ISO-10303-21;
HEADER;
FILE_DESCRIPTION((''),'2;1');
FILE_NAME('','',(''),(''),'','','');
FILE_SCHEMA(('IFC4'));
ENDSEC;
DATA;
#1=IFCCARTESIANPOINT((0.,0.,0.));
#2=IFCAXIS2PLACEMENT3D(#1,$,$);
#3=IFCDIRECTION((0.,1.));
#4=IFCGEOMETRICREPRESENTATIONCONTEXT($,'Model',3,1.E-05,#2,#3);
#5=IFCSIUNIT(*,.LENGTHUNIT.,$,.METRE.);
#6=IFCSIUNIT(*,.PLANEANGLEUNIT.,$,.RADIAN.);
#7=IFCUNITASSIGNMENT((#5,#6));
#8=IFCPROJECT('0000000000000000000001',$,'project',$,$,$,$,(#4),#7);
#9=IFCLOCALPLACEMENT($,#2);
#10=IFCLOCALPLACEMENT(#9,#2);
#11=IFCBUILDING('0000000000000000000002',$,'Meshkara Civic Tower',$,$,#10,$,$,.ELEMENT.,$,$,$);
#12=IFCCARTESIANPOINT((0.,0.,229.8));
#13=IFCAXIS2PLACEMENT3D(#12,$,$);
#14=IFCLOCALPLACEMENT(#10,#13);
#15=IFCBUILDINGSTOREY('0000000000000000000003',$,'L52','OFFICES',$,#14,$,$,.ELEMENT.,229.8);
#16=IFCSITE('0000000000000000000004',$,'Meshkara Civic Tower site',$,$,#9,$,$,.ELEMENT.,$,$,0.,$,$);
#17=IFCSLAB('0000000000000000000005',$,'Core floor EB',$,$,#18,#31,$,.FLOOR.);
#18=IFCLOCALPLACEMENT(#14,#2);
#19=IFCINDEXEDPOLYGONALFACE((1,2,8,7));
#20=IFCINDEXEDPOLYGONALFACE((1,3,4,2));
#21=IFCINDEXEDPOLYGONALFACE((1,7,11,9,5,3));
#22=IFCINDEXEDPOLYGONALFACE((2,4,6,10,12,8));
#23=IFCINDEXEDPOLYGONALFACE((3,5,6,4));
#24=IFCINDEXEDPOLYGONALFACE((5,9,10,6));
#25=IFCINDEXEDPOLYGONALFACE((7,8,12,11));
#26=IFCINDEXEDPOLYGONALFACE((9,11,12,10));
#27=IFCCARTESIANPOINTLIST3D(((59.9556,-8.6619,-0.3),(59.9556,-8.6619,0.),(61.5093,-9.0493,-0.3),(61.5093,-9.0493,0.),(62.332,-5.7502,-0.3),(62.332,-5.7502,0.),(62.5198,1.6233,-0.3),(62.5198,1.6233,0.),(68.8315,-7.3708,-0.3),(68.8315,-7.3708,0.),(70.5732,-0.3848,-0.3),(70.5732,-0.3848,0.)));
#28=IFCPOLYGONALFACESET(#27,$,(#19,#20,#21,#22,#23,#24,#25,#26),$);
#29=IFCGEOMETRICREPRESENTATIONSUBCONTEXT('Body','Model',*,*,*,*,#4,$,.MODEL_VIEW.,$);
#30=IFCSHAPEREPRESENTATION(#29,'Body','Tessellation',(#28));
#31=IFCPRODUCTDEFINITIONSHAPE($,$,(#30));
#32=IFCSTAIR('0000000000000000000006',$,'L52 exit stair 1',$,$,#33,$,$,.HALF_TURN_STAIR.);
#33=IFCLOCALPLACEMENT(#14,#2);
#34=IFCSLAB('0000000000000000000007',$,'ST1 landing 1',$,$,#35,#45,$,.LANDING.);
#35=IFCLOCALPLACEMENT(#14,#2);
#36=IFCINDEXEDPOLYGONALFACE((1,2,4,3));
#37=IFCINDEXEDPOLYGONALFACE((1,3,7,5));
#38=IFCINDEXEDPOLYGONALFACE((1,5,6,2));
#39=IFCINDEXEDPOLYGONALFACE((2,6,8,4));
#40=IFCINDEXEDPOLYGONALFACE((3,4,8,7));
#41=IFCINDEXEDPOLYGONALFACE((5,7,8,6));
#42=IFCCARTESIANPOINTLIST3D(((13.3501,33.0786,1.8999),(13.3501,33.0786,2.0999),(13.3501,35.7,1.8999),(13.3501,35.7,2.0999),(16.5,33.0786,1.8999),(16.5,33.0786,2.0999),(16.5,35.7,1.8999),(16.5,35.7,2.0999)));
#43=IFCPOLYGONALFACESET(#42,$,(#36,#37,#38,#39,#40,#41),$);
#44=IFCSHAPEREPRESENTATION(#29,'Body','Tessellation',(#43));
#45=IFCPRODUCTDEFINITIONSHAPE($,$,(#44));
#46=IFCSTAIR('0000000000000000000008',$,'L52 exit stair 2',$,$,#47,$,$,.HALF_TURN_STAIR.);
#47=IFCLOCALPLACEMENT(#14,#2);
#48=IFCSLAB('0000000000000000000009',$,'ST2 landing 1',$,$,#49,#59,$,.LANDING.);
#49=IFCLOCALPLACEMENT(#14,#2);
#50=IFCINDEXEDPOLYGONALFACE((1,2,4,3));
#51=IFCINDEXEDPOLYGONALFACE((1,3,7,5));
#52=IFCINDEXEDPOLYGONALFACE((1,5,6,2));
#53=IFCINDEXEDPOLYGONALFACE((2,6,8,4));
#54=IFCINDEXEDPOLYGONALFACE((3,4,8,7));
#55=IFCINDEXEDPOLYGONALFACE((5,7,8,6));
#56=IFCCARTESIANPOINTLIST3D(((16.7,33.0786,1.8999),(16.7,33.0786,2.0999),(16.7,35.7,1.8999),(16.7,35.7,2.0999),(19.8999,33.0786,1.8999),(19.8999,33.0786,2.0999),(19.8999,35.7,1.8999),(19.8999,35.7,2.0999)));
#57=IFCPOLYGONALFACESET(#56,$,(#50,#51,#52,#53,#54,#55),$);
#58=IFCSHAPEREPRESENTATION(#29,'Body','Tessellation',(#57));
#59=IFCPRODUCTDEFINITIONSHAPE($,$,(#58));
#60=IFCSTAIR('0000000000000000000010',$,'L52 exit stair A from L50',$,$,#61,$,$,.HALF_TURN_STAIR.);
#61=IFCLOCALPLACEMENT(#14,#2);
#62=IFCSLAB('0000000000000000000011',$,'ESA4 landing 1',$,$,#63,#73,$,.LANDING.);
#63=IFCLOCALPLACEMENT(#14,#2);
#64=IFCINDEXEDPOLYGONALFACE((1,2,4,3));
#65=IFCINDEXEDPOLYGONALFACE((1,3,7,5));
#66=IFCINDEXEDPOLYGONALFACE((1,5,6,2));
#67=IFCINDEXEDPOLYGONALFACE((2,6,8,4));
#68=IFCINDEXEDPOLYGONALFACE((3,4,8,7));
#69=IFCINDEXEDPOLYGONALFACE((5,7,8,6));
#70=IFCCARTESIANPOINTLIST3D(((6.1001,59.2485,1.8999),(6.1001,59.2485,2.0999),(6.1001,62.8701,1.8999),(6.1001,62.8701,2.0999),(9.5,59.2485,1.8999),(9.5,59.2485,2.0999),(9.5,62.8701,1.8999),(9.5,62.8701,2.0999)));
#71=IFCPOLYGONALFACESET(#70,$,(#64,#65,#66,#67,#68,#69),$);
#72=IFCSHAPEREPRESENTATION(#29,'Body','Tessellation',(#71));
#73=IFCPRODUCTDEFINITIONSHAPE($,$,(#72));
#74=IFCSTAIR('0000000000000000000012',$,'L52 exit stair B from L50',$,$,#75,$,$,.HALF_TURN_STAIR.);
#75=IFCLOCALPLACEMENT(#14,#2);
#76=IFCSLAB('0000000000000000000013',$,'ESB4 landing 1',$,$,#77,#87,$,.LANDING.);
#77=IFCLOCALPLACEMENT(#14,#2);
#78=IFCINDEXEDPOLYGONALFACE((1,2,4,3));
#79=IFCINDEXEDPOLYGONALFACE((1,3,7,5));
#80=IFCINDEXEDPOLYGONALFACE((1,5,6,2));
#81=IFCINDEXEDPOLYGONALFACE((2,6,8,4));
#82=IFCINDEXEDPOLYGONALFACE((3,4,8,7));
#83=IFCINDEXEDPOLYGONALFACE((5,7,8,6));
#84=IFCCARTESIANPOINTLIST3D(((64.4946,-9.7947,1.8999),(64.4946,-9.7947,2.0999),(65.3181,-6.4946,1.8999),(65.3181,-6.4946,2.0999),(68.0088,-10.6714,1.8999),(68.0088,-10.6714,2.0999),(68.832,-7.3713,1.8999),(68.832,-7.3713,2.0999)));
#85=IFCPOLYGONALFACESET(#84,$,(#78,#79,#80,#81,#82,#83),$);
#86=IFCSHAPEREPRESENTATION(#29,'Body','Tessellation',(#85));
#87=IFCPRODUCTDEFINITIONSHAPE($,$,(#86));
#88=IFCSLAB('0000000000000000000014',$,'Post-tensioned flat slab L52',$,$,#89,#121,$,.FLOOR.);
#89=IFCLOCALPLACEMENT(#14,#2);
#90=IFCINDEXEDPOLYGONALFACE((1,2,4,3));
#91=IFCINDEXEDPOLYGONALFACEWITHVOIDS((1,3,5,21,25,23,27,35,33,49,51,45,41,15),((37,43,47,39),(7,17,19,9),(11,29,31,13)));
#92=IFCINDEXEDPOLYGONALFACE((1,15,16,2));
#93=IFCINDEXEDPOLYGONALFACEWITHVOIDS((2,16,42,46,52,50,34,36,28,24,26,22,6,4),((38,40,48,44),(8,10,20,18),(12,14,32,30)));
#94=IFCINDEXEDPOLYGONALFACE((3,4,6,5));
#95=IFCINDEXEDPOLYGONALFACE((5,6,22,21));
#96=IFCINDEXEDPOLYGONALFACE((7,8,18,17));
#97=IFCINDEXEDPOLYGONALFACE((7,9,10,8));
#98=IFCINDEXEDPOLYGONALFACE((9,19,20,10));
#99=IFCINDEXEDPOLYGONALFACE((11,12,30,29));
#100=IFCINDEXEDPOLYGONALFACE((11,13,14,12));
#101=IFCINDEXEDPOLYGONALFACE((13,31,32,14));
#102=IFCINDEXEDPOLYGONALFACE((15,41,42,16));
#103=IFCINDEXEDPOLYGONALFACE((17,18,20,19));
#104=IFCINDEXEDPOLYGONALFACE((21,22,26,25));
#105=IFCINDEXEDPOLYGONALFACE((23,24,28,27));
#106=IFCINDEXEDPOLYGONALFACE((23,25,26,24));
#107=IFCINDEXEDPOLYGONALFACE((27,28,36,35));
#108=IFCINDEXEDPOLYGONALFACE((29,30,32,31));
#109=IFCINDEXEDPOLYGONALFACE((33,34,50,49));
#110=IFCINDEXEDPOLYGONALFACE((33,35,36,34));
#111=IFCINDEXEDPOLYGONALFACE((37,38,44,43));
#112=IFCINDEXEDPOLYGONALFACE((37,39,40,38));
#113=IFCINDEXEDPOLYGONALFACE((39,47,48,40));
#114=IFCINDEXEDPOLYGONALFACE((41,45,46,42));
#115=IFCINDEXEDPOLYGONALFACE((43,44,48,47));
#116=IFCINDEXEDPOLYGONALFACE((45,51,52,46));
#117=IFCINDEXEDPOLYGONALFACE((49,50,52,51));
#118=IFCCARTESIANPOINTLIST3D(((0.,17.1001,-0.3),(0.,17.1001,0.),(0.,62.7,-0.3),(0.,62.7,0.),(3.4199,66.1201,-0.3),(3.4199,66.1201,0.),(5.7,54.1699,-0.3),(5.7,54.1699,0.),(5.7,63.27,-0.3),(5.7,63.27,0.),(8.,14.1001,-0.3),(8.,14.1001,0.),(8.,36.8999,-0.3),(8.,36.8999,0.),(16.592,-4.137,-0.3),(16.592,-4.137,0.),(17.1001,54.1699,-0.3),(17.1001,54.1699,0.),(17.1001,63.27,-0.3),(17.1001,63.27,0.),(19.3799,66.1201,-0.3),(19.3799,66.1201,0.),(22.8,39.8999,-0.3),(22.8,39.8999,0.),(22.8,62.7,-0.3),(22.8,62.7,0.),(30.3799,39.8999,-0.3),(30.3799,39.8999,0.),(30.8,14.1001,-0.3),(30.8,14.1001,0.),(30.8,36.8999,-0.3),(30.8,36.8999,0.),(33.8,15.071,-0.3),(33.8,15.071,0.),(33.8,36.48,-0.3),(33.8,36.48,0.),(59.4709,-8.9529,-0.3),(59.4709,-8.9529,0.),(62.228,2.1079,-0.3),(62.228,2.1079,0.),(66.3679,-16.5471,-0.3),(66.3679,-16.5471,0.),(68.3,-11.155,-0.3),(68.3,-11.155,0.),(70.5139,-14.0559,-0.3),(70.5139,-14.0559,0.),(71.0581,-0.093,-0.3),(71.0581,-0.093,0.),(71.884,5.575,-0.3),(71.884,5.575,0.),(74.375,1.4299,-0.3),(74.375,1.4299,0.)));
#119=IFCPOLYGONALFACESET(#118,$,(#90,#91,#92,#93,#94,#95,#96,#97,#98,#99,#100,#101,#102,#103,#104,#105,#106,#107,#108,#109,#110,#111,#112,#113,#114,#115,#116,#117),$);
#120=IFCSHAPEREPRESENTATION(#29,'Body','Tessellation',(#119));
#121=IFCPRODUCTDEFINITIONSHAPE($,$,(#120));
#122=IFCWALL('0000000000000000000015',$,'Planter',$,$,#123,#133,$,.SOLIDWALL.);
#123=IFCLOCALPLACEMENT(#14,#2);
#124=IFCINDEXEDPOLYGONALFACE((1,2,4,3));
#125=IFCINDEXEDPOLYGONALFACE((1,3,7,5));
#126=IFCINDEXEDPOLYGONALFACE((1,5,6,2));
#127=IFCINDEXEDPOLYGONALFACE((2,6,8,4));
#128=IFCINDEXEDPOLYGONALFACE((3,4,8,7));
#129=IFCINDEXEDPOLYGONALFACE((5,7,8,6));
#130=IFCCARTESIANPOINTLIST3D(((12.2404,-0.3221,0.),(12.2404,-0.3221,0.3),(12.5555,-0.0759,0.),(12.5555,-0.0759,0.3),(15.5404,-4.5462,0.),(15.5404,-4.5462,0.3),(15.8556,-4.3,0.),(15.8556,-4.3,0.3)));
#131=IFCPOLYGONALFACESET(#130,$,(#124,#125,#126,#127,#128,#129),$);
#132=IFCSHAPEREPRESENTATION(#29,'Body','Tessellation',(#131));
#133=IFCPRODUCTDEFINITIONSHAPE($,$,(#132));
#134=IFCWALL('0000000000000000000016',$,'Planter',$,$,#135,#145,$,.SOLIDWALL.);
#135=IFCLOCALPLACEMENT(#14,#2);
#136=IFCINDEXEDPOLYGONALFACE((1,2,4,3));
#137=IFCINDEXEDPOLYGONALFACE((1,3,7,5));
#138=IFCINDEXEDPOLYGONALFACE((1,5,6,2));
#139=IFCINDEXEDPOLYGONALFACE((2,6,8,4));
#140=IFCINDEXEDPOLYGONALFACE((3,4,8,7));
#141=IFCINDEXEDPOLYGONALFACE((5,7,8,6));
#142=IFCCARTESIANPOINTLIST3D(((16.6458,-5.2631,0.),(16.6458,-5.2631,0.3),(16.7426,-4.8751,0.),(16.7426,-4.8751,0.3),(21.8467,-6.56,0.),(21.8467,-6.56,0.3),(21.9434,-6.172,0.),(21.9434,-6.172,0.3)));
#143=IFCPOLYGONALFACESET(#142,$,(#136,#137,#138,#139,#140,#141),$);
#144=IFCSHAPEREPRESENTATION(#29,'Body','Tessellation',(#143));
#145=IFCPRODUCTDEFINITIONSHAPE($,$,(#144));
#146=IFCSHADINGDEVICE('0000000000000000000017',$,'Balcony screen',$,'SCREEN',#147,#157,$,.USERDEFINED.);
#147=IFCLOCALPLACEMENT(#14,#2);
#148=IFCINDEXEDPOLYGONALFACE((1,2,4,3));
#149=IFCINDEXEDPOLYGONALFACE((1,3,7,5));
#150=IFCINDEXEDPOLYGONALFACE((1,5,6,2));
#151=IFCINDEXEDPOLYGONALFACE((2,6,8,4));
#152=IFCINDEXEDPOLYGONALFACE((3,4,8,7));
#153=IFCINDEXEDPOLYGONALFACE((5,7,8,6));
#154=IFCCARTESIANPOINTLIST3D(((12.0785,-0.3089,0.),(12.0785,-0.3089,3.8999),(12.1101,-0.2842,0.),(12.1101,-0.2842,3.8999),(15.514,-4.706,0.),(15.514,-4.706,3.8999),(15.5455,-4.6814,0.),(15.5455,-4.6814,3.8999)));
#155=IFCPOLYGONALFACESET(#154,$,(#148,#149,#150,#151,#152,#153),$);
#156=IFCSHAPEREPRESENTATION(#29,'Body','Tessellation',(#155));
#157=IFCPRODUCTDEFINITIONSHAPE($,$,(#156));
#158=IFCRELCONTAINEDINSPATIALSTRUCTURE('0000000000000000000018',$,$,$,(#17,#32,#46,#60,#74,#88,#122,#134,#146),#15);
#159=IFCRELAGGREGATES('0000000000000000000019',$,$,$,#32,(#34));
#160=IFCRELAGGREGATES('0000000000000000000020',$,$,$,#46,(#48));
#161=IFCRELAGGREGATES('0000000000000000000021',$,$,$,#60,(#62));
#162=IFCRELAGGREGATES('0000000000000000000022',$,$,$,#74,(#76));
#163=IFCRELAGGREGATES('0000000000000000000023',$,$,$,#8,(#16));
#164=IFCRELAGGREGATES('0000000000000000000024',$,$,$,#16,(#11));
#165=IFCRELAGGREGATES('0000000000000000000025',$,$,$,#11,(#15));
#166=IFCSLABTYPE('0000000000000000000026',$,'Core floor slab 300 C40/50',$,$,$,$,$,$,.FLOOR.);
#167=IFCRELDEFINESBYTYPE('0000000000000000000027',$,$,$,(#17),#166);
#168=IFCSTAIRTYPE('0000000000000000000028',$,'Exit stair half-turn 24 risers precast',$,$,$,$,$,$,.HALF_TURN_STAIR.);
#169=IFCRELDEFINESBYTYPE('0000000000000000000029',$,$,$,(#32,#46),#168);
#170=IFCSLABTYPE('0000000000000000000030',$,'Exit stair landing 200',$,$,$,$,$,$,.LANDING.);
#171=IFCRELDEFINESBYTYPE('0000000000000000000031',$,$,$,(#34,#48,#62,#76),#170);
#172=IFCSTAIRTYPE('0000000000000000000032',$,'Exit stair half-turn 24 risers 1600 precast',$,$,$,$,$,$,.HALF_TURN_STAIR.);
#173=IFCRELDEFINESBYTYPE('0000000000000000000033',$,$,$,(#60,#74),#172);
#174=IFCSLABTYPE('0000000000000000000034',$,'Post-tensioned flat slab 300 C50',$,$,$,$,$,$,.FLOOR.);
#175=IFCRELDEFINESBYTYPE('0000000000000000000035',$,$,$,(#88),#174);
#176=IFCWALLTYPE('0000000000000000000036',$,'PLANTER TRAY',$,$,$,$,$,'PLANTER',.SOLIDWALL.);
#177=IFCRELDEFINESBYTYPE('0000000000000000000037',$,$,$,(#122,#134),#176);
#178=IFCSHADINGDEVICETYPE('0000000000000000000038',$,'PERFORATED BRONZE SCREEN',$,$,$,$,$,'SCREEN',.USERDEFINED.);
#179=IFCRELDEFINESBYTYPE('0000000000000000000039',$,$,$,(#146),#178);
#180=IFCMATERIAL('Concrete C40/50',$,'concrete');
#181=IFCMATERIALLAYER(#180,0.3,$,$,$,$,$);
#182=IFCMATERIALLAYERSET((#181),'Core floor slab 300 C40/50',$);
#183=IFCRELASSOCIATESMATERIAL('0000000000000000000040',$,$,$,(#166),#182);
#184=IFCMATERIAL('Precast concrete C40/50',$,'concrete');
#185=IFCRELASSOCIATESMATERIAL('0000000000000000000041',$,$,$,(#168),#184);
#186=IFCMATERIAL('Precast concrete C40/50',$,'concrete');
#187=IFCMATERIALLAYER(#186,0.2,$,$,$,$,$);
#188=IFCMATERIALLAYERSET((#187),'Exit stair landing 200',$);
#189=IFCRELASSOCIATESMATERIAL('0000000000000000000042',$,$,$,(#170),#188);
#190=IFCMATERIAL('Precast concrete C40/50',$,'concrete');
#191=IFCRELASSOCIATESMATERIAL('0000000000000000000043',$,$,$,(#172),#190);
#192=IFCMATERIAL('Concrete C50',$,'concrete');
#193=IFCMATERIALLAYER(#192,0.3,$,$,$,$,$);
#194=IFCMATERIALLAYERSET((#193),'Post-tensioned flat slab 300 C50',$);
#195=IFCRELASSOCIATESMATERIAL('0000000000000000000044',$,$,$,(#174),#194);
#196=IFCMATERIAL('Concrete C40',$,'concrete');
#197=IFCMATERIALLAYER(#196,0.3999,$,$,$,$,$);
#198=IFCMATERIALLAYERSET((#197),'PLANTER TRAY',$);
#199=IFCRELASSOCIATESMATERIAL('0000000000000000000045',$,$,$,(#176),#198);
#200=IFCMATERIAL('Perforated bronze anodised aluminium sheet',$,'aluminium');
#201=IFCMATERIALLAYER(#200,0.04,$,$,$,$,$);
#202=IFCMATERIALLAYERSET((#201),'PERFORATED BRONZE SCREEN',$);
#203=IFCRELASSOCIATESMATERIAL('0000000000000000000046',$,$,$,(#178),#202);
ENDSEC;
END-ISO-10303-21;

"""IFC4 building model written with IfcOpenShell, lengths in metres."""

from ifc_helpers import new_model, si_unit, direction, frame, frame_2d, origin, origin_2d, place, context, subcontext, project, spatial, polyline, rectangle, outline, extrude, material, layer, layer_set, type_object, element, aggregate, save


model = new_model("IFC4")

# Units and contexts
model_context = context("Model", 3, precision=1e-05, world=origin(), true_north=direction((0.0, 1.0)))
body_context = subcontext(model_context, "Body", "Model", "MODEL_VIEW")
ifc_project = project(units=[si_unit("LENGTHUNIT", "METRE"), si_unit("PLANEANGLEUNIT", "RADIAN")], contexts=[model_context])

# Site, building, storey
site_placement = place(None, origin())
site = spatial("IfcSite", under=ifc_project, at=site_placement, Name="Meshkara Civic Tower site", CompositionType="ELEMENT", RefElevation=0.0)
building_placement = place(site_placement, origin())
building = spatial("IfcBuilding", under=site, at=building_placement, Name="Meshkara Civic Tower", CompositionType="ELEMENT")
storey_placement = place(building_placement, frame((0.0, 0.0, 229.8)))
storey = spatial("IfcBuildingStorey", under=building, at=storey_placement, Name="L52", Description="OFFICES", CompositionType="ELEMENT", Elevation=229.8)

# Slab
ifc_material_1 = material(Name="Concrete C40/50", Category="concrete")
ifc_layer_1 = layer(ifc_material_1, 0.3)
ifc_layer_set_1 = layer_set([ifc_layer_1], Name="Core floor slab 300 C40/50")
slab_type_1 = type_object("IfcSlabType", Name="Core floor slab 300 C40/50", PredefinedType="FLOOR", material=ifc_layer_set_1)
slab_1_placement = place(storey_placement, frame((0.0, 0.0, -0.3)))
element("IfcSlab", 1, at=slab_1_placement, inside=storey, type_object=slab_type_1, Name="Core floor EB", PredefinedType="FLOOR", context=body_context, shape_type="SweptSolid", body=[
    extrude(outline(polyline([(62.5198, 1.6233), (70.5732, -0.3848), (68.8315, -7.3708), (62.332, -5.7502), (61.5093, -9.0493), (59.9556, -8.6619), (62.5198, 1.6233)])), origin(), (0.0, 0.0, 1.0), 0.3),
])

# Stairs, slabs
ifc_material_2 = material(Name="Precast concrete C40/50", Category="concrete")
stair_type_1 = type_object("IfcStairType", Name="Exit stair half-turn 24 risers precast", PredefinedType="HALF_TURN_STAIR", material=ifc_material_2)
stair_1_placement = place(storey_placement, origin())
stair_1 = element("IfcStair", 2, at=stair_1_placement, inside=storey, type_object=stair_type_1, Name="L52 exit stair 1", PredefinedType="HALF_TURN_STAIR")
ifc_material_3 = material(Name="Precast concrete C40/50", Category="concrete")
ifc_layer_2 = layer(ifc_material_3, 0.2)
ifc_layer_set_2 = layer_set([ifc_layer_2], Name="Exit stair landing 200")
slab_type_2 = type_object("IfcSlabType", Name="Exit stair landing 200", PredefinedType="LANDING", material=ifc_layer_set_2)
slab_2_placement = place(storey_placement, frame((0.0, 0.0, 1.8999)))
slab_2 = element("IfcSlab", 3, at=slab_2_placement, type_object=slab_type_2, Name="ST1 landing 1", PredefinedType="LANDING", context=body_context, shape_type="SweptSolid", body=[
    extrude(outline(polyline([(16.5, 33.0786), (16.5, 35.7), (13.3501, 35.7), (13.3501, 33.0786), (16.5, 33.0786)])), origin(), (0.0, 0.0, 1.0), 0.2),
])
aggregate(stair_1, [slab_2])
stair_2_placement = place(storey_placement, origin())
stair_2 = element("IfcStair", 4, at=stair_2_placement, inside=storey, type_object=stair_type_1, Name="L52 exit stair 2", PredefinedType="HALF_TURN_STAIR")
slab_3_placement = place(storey_placement, frame((0.0, 0.0, 1.8999)))
slab_3 = element("IfcSlab", 5, at=slab_3_placement, type_object=slab_type_2, Name="ST2 landing 1", PredefinedType="LANDING", context=body_context, shape_type="SweptSolid", body=[
    extrude(outline(polyline([(19.8999, 33.0786), (19.8999, 35.7), (16.7, 35.7), (16.7, 33.0786), (19.8999, 33.0786)])), origin(), (0.0, 0.0, 1.0), 0.2),
])
aggregate(stair_2, [slab_3])
ifc_material_4 = material(Name="Precast concrete C40/50", Category="concrete")
stair_type_2 = type_object("IfcStairType", Name="Exit stair half-turn 24 risers 1600 precast", PredefinedType="HALF_TURN_STAIR", material=ifc_material_4)
stair_3_placement = place(storey_placement, origin())
stair_3 = element("IfcStair", 6, at=stair_3_placement, inside=storey, type_object=stair_type_2, Name="L52 exit stair A from L50", PredefinedType="HALF_TURN_STAIR")
slab_4_placement = place(storey_placement, frame((0.0, 0.0, 1.8999)))
slab_4 = element("IfcSlab", 7, at=slab_4_placement, type_object=slab_type_2, Name="ESA4 landing 1", PredefinedType="LANDING", context=body_context, shape_type="SweptSolid", body=[
    extrude(outline(polyline([(9.5, 59.2485), (9.5, 62.8701), (6.1001, 62.8701), (6.1001, 59.2485), (9.5, 59.2485)])), origin(), (0.0, 0.0, 1.0), 0.2),
])
aggregate(stair_3, [slab_4])
stair_4_placement = place(storey_placement, origin())
stair_4 = element("IfcStair", 8, at=stair_4_placement, inside=storey, type_object=stair_type_2, Name="L52 exit stair B from L50", PredefinedType="HALF_TURN_STAIR")
slab_5_placement = place(storey_placement, frame((0.0, 0.0, 1.8999)))
slab_5 = element("IfcSlab", 9, at=slab_5_placement, type_object=slab_type_2, Name="ESB4 landing 1", PredefinedType="LANDING", context=body_context, shape_type="SweptSolid", body=[
    extrude(outline(polyline([(64.4946, -9.7947), (68.0088, -10.6714), (68.832, -7.3713), (65.3181, -6.4946), (64.4946, -9.7947)])), origin(), (0.0, 0.0, 1.0), 0.2),
])
aggregate(stair_4, [slab_5])

# Slab
ifc_material_5 = material(Name="Concrete C50", Category="concrete")
ifc_layer_3 = layer(ifc_material_5, 0.3)
ifc_layer_set_3 = layer_set([ifc_layer_3], Name="Post-tensioned flat slab 300 C50")
slab_type_3 = type_object("IfcSlabType", Name="Post-tensioned flat slab 300 C50", PredefinedType="FLOOR", material=ifc_layer_set_3)
slab_6_placement = place(storey_placement, frame((0.0, 0.0, -0.3)))
element("IfcSlab", 10, at=slab_6_placement, inside=storey, type_object=slab_type_3, Name="Post-tensioned flat slab L52", PredefinedType="FLOOR", context=body_context, shape_type="SweptSolid", body=[
    extrude(outline(polyline([(70.5139, -14.0559), (66.3679, -16.5471), (16.592, -4.137), (0.0, 17.1001), (0.0, 62.7), (3.4199, 66.1201), (19.3799, 66.1201), (22.8, 62.7), (22.8, 39.8999), (30.3799, 39.8999), (33.8, 36.48), (33.8, 15.071), (71.884, 5.575), (74.375, 1.4299), (70.5139, -14.0559)]), holes=[polyline([(68.3, -11.155), (71.0581, -0.093), (62.228, 2.1079), (59.4709, -8.9529), (68.3, -11.155)]), polyline([(8.0, 14.1001), (30.8, 14.1001), (30.8, 36.8999), (8.0, 36.8999), (8.0, 14.1001)]), polyline([(5.7, 63.27), (5.7, 54.1699), (17.1001, 54.1699), (17.1001, 63.27), (5.7, 63.27)])]), origin(), (0.0, 0.0, 1.0), 0.3),
])

# Walls
ifc_material_6 = material(Name="Concrete C40", Category="concrete")
ifc_layer_4 = layer(ifc_material_6, 0.3999)
ifc_layer_set_4 = layer_set([ifc_layer_4], Name="PLANTER TRAY")
wall_type = type_object("IfcWallType", Name="PLANTER TRAY", ElementType="PLANTER", PredefinedType="SOLIDWALL", material=ifc_layer_set_4)
wall_1_placement = place(storey_placement, frame((12.3979, -0.199, 0.0), z_axis=(0.0, 0.0, 1.0), x_axis=(0.615639, -0.788029, 0.0)))
element("IfcWall", 11, at=wall_1_placement, inside=storey, type_object=wall_type, Name="Planter", PredefinedType="SOLIDWALL", context=body_context, shape_type="SweptSolid", body=[
    extrude(rectangle(XDim=5.3604, YDim=0.3999, at=frame_2d((2.6802, 0.0))), origin(), (0.0, 0.0, 1.0), 0.3),
])
wall_2_placement = place(storey_placement, frame((16.6941, -5.0691, 0.0), z_axis=(0.0, 0.0, 1.0), x_axis=(0.97029, -0.241946, 0.0)))
element("IfcWall", 12, at=wall_2_placement, inside=storey, type_object=wall_type, Name="Planter", PredefinedType="SOLIDWALL", context=body_context, shape_type="SweptSolid", body=[
    extrude(rectangle(XDim=5.3601, YDim=0.3999, at=frame_2d((2.6802, 0.0))), origin(), (0.0, 0.0, 1.0), 0.3),
])

# Shading device
ifc_material_7 = material(Name="Perforated bronze anodised aluminium sheet", Category="aluminium")
ifc_layer_5 = layer(ifc_material_7, 0.04)
ifc_layer_set_5 = layer_set([ifc_layer_5], Name="PERFORATED BRONZE SCREEN")
shading_device_type = type_object("IfcShadingDeviceType", Name="PERFORATED BRONZE SCREEN", ElementType="SCREEN", PredefinedType="USERDEFINED", material=ifc_layer_set_5)
shading_device_placement = place(storey_placement, frame((13.812, -2.4951, 0.0), z_axis=(0.0, 0.0, 1.0), x_axis=(0.615661, -0.788011, 0.0)))
element("IfcShadingDevice", 13, at=shading_device_placement, inside=storey, type_object=shading_device_type, Name="Balcony screen", ObjectType="SCREEN", PredefinedType="USERDEFINED", context=body_context, shape_type="SweptSolid", body=[
    extrude(rectangle(XDim=5.5801, YDim=0.04, at=origin_2d()), origin(), (0.0, 0.0, 1.0), 3.8999),
])

save(model, "model.ifc")
